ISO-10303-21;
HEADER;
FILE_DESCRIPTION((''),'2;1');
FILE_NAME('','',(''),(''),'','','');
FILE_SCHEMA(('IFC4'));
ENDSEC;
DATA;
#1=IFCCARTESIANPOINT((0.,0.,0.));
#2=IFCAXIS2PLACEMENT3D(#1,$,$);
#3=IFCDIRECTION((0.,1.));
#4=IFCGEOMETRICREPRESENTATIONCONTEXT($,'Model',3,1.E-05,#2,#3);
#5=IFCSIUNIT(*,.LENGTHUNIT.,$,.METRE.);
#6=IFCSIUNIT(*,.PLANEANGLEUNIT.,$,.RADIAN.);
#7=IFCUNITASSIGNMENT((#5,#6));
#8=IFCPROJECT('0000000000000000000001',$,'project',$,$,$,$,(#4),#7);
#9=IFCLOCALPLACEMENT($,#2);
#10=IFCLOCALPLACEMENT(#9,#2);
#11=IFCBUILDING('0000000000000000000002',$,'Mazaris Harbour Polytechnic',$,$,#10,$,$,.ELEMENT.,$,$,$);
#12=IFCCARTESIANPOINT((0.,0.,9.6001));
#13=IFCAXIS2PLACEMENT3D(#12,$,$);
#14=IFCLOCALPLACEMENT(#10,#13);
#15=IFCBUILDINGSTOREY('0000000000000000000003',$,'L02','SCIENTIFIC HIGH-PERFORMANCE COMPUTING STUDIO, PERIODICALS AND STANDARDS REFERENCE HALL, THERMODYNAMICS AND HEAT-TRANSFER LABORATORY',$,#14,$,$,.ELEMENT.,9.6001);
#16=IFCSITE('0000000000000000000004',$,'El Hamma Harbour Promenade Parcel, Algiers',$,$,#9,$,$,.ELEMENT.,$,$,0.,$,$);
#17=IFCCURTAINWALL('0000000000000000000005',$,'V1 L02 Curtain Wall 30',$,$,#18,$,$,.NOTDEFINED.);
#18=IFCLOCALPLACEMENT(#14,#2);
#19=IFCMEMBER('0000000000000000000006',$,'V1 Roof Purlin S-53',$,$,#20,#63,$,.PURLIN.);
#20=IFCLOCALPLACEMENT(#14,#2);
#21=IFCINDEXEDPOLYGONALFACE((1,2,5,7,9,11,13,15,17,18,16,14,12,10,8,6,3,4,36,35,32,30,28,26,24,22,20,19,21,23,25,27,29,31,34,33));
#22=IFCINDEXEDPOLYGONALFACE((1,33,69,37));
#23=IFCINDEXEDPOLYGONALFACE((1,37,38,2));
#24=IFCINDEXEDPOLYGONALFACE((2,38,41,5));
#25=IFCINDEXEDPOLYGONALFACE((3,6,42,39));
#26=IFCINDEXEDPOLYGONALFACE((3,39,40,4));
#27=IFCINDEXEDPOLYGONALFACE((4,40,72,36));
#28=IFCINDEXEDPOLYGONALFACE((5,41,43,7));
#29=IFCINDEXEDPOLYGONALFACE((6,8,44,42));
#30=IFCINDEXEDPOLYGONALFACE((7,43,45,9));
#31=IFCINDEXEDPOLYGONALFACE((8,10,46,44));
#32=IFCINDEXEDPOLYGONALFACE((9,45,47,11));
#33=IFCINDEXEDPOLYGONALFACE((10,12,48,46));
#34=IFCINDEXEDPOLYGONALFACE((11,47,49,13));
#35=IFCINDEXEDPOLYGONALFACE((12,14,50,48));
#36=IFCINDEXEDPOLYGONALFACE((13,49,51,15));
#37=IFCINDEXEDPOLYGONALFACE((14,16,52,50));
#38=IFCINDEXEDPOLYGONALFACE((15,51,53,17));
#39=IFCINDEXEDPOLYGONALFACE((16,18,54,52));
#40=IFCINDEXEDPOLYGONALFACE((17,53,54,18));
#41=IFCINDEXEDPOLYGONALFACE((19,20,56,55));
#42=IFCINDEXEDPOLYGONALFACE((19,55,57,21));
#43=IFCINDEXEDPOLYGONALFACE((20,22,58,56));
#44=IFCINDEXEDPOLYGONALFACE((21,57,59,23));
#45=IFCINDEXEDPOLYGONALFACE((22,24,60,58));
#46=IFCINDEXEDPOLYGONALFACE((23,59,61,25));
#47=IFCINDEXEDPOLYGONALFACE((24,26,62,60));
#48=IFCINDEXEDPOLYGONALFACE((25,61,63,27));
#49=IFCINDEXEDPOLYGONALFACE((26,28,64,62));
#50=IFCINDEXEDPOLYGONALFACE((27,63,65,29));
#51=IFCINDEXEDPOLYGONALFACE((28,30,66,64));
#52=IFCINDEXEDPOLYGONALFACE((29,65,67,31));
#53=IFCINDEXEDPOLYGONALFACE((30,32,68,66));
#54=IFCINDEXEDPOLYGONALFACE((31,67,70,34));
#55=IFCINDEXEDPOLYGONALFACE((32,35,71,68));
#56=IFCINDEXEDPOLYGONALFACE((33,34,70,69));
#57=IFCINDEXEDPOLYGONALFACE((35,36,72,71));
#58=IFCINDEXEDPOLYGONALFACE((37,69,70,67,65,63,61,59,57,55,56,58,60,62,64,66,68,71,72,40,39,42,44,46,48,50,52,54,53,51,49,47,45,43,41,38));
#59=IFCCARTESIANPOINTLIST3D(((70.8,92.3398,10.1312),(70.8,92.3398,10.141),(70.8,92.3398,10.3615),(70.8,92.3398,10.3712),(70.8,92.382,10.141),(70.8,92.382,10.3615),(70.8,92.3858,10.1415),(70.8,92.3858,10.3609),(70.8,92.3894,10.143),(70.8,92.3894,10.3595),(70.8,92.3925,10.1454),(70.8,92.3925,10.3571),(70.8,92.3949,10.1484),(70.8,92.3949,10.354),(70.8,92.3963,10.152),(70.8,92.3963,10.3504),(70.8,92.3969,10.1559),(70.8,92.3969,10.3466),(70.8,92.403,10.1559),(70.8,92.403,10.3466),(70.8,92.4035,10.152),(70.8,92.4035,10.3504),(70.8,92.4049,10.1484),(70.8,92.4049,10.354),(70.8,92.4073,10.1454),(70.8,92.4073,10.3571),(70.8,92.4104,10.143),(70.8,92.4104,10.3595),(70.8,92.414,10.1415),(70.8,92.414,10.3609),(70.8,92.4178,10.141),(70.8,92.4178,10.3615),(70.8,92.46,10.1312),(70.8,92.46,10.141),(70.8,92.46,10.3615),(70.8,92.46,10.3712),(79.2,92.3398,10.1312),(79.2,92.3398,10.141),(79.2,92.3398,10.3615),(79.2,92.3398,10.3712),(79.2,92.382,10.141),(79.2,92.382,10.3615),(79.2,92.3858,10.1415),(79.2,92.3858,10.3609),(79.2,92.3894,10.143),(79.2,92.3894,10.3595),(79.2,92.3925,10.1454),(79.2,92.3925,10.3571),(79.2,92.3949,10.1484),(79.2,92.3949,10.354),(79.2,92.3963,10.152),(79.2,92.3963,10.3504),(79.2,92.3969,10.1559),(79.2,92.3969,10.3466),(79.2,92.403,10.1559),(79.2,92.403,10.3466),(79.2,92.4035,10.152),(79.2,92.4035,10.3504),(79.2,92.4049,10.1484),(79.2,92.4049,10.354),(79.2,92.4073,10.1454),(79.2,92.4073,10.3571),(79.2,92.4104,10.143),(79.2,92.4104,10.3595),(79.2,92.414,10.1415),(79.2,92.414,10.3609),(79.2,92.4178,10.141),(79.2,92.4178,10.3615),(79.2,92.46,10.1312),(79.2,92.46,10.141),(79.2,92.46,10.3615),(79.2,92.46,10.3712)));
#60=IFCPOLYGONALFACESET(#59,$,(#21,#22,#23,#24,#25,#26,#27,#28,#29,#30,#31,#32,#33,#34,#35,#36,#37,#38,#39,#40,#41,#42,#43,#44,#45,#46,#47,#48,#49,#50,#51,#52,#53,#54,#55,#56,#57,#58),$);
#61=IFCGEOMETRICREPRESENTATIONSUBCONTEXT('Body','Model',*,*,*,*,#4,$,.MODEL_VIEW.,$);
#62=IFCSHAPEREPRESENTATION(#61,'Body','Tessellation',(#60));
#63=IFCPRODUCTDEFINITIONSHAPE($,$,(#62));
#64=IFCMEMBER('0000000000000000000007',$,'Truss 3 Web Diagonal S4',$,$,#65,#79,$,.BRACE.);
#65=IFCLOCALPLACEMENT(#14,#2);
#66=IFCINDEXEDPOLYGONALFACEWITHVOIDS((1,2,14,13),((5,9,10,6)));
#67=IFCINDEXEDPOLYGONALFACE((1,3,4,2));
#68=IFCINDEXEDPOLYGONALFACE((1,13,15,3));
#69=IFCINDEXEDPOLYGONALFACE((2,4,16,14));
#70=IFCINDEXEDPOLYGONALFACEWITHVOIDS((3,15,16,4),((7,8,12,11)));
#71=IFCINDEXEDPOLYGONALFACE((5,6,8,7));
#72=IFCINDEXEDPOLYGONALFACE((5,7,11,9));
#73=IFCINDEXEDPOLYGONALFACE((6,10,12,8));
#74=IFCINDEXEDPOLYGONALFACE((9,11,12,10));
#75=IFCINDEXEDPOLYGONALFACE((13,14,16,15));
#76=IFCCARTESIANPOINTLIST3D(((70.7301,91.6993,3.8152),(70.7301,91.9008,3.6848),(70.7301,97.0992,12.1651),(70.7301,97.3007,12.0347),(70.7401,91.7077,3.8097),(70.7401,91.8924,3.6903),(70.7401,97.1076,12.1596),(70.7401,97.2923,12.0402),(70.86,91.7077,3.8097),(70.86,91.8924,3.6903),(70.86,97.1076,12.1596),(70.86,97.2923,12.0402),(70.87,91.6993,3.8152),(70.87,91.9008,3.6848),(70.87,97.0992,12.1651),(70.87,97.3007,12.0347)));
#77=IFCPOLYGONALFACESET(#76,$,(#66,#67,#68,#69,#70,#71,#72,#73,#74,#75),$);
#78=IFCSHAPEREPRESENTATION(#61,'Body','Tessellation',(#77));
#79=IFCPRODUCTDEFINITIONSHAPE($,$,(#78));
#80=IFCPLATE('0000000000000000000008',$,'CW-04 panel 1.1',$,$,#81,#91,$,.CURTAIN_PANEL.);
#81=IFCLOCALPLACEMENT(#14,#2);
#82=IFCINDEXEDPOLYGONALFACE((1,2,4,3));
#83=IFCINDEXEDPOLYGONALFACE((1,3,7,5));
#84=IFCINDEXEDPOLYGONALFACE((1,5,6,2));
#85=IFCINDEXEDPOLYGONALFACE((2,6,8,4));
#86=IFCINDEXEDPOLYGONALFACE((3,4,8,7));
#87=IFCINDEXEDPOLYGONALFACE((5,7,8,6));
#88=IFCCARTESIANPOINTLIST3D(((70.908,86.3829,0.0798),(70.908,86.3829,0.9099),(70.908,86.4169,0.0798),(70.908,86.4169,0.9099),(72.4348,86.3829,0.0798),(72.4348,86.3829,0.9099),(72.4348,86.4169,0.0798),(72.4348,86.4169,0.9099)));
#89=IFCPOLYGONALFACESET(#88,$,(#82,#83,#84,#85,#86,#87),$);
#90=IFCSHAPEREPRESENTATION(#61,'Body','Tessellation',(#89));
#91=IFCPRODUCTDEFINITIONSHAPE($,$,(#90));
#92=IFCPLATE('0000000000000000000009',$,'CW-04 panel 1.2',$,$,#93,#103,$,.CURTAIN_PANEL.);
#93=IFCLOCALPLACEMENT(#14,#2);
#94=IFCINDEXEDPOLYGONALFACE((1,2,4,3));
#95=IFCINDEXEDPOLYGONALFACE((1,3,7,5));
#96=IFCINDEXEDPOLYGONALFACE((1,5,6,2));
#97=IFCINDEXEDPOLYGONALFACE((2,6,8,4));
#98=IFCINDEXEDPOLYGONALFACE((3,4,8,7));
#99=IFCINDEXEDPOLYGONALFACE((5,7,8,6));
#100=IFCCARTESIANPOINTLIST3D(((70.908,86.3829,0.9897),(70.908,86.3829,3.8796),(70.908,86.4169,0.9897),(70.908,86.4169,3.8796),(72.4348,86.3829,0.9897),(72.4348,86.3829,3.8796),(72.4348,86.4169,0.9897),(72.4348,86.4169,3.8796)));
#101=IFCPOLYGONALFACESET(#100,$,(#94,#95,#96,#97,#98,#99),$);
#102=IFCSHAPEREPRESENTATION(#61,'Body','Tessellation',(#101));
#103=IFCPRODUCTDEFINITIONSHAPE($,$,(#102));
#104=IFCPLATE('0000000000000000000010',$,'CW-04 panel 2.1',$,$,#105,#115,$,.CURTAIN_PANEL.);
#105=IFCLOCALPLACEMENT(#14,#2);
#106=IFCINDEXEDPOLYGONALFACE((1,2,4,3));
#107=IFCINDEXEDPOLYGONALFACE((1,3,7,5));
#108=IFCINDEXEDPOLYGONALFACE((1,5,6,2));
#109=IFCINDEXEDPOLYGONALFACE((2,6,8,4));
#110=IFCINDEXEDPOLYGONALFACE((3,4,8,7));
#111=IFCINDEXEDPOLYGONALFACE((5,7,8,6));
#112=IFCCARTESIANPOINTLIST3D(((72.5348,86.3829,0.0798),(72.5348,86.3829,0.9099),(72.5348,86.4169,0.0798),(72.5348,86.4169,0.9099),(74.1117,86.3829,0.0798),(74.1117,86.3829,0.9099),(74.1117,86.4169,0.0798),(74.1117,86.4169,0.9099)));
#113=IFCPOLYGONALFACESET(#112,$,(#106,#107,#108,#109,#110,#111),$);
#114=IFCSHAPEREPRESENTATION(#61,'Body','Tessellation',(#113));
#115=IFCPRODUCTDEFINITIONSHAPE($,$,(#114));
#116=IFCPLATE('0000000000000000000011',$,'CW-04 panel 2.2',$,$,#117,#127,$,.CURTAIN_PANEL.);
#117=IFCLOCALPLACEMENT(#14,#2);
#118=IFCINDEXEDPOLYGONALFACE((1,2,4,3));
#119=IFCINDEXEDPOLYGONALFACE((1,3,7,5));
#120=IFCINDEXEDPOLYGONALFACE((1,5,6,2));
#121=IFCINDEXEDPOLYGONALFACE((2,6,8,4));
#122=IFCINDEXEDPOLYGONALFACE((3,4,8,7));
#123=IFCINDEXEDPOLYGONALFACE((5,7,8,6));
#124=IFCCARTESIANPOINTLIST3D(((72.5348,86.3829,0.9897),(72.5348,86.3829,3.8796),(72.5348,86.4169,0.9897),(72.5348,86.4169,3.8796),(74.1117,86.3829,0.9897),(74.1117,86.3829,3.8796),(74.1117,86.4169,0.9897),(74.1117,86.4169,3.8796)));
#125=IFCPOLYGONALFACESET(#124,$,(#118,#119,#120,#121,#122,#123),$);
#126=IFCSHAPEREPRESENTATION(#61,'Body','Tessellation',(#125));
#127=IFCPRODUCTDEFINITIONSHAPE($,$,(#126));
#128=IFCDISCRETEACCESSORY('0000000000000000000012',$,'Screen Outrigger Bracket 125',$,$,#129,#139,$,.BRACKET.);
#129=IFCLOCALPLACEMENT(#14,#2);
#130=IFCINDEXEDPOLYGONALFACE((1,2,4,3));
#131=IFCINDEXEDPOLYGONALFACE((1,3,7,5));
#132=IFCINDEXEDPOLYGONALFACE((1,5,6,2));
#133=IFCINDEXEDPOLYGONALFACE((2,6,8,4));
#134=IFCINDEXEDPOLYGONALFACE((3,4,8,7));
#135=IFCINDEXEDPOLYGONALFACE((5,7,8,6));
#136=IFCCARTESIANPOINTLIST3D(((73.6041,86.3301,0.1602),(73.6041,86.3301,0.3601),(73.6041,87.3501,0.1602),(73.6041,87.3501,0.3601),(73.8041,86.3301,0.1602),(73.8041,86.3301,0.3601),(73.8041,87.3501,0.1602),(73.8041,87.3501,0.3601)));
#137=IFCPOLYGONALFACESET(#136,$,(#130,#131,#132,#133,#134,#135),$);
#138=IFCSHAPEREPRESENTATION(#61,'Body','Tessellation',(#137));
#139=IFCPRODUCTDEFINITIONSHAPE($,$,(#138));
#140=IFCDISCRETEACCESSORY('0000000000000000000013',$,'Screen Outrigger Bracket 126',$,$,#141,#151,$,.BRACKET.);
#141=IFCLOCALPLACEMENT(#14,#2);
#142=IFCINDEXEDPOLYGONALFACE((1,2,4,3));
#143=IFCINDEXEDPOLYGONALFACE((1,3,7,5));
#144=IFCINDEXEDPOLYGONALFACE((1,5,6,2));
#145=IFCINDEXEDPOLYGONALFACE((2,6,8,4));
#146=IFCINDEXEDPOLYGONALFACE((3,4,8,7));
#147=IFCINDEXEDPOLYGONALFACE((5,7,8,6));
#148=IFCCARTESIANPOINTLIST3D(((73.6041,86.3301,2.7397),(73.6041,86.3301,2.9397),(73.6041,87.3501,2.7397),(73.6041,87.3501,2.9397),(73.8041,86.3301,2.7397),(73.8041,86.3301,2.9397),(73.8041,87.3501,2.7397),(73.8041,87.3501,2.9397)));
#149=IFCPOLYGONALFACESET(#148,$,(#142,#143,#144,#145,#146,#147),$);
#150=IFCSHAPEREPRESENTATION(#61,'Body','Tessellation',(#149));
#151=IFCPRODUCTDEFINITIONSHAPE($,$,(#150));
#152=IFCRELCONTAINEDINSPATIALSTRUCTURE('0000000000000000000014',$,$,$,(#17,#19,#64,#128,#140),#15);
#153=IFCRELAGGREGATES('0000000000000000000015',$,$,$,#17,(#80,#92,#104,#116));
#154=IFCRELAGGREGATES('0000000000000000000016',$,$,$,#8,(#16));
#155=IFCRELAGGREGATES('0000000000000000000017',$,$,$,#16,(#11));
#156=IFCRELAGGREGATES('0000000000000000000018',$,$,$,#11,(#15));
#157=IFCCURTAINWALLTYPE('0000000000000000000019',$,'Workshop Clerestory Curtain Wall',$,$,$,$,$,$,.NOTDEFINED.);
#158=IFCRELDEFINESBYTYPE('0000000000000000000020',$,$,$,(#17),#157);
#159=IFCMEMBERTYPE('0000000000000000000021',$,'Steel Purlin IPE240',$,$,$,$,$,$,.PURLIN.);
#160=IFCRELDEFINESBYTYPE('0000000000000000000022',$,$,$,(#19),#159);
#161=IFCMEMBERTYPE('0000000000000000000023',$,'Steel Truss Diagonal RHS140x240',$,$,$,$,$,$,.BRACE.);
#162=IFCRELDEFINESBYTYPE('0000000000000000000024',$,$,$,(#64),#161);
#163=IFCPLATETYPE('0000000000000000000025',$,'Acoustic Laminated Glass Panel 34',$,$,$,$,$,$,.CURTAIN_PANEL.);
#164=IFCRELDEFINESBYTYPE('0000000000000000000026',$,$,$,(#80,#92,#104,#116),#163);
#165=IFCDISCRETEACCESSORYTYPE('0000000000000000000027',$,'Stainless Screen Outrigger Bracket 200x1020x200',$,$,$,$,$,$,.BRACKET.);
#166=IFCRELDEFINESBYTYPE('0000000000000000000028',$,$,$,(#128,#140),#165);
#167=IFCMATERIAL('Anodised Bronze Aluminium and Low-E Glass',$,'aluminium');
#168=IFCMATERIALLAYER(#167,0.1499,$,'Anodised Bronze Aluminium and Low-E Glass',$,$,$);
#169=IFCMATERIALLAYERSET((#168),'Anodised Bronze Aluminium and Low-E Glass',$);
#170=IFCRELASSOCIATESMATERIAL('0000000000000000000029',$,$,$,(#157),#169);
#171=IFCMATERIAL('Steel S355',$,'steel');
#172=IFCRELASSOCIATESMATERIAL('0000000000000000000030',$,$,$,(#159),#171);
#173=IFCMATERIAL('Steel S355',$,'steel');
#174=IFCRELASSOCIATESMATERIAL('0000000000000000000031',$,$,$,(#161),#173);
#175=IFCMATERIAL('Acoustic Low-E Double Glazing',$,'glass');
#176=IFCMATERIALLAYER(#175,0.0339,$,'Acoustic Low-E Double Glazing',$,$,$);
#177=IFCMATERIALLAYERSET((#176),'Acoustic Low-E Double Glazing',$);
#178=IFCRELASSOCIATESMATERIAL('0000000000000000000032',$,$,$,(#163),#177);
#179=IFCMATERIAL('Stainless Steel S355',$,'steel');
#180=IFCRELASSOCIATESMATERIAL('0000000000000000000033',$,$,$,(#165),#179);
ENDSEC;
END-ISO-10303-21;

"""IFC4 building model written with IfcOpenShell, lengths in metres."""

from ifc_helpers import new_model, si_unit, direction, frame, origin, origin_2d, place, context, subcontext, project, spatial, rectangle, hollow_rectangle, i_section, extrude, material, layer, layer_set, material_profile, profile_set, type_object, element, aggregate, save


model = new_model("IFC4")

# Units and contexts
model_context = context("Model", 3, precision=1e-05, world=origin(), true_north=direction((0.0, 1.0)))
body_context = subcontext(model_context, "Body", "Model", "MODEL_VIEW")
ifc_project = project(units=[si_unit("LENGTHUNIT", "METRE"), si_unit("PLANEANGLEUNIT", "RADIAN")], contexts=[model_context])

# Site, building, storey
site_placement = place(None, origin())
site = spatial("IfcSite", under=ifc_project, at=site_placement, Name="El Hamma Harbour Promenade Parcel, Algiers", CompositionType="ELEMENT", RefElevation=0.0)
building_placement = place(site_placement, origin())
building = spatial("IfcBuilding", under=site, at=building_placement, Name="Mazaris Harbour Polytechnic", CompositionType="ELEMENT")
storey_placement = place(building_placement, frame((0.0, 0.0, 9.6001)))
storey = spatial("IfcBuildingStorey", under=building, at=storey_placement, Name="L02", Description="SCIENTIFIC HIGH-PERFORMANCE COMPUTING STUDIO, PERIODICALS AND STANDARDS REFERENCE HALL, THERMODYNAMICS AND HEAT-TRANSFER LABORATORY", CompositionType="ELEMENT", Elevation=9.6001)

# Curtain wall
ifc_material_1 = material(Name="Anodised Bronze Aluminium and Low-E Glass", Category="aluminium")
ifc_layer_1 = layer(ifc_material_1, 0.1499, Name="Anodised Bronze Aluminium and Low-E Glass")
ifc_layer_set_1 = layer_set([ifc_layer_1], Name="Anodised Bronze Aluminium and Low-E Glass")
curtain_wall_type = type_object("IfcCurtainWallType", Name="Workshop Clerestory Curtain Wall", PredefinedType="NOTDEFINED", material=ifc_layer_set_1)
curtain_wall_placement = place(storey_placement, origin())
curtain_wall = element("IfcCurtainWall", 1, at=curtain_wall_placement, inside=storey, type_object=curtain_wall_type, Name="V1 L02 Curtain Wall 30", PredefinedType="NOTDEFINED")

# Members
ifc_material_2 = material(Name="Steel S355", Category="steel")
ifc_material_profile_1 = material_profile(ifc_material_2, i_section(OverallWidth=0.1201, OverallDepth=0.24, WebThickness=0.0061, FlangeThickness=0.0098, FilletRadius=0.0149, at=origin_2d()), Name="IPE 240")
ifc_profile_set_1 = profile_set([ifc_material_profile_1], Name="Steel S355")
member_type_1 = type_object("IfcMemberType", Name="Steel Purlin IPE240", PredefinedType="PURLIN", material=ifc_profile_set_1)
member_1_placement = place(storey_placement, frame((70.8, 92.3999, 10.2512), z_axis=(1.0, 0.0, 0.0), x_axis=(0.0, 1.0, 0.0)))
element("IfcMember", 2, at=member_1_placement, inside=storey, type_object=member_type_1, Name="V1 Roof Purlin S-53", PredefinedType="PURLIN", context=body_context, shape_type="SweptSolid", body=[
    extrude(i_section(OverallWidth=0.1201, OverallDepth=0.24, WebThickness=0.0061, FlangeThickness=0.0098, FilletRadius=0.0149, at=origin_2d()), origin(), (0.0, 0.0, 1.0), 8.3999),
])
ifc_material_3 = material(Name="Steel S355", Category="steel")
ifc_material_profile_2 = material_profile(ifc_material_3, hollow_rectangle(XDim=0.1399, YDim=0.24, WallThickness=0.01, at=origin_2d()), Name="RHS 140x240x10.0")
ifc_profile_set_2 = profile_set([ifc_material_profile_2], Name="Steel S355")
member_type_2 = type_object("IfcMemberType", Name="Steel Truss Diagonal RHS140x240", PredefinedType="BRACE", material=ifc_profile_set_2)
member_2_placement = place(storey_placement, frame((70.8, 91.8, 3.75), z_axis=(0.0, 0.543043, 0.839705), x_axis=(-1.0, 0.0, 0.0)))
element("IfcMember", 3, at=member_2_placement, inside=storey, type_object=member_type_2, Name="Truss 3 Web Diagonal S4", PredefinedType="BRACE", context=body_context, shape_type="SweptSolid", body=[
    extrude(hollow_rectangle(XDim=0.1399, YDim=0.24, WallThickness=0.01, at=origin_2d()), origin(), (0.0, 0.0, 1.0), 9.9438),
])

# Plates
ifc_material_4 = material(Name="Acoustic Low-E Double Glazing", Category="glass")
ifc_layer_2 = layer(ifc_material_4, 0.0339, Name="Acoustic Low-E Double Glazing")
ifc_layer_set_2 = layer_set([ifc_layer_2], Name="Acoustic Low-E Double Glazing")
plate_type = type_object("IfcPlateType", Name="Acoustic Laminated Glass Panel 34", PredefinedType="CURTAIN_PANEL", material=ifc_layer_set_2)
plate_1_placement = place(storey_placement, frame((71.6714, 86.3999, 0.0798), z_axis=(0.0, 0.0, 1.0), x_axis=(1.0, 0.0, 0.0)))
plate_1 = element("IfcPlate", 4, at=plate_1_placement, type_object=plate_type, Name="CW-04 panel 1.1", PredefinedType="CURTAIN_PANEL", context=body_context, shape_type="SweptSolid", body=[
    extrude(rectangle(XDim=1.5269, YDim=0.0339, at=origin_2d()), origin(), (0.0, 0.0, 1.0), 0.8301),
])
plate_2_placement = place(storey_placement, frame((71.6714, 86.3999, 0.9897), z_axis=(0.0, 0.0, 1.0), x_axis=(1.0, 0.0, 0.0)))
plate_2 = element("IfcPlate", 5, at=plate_2_placement, type_object=plate_type, Name="CW-04 panel 1.2", PredefinedType="CURTAIN_PANEL", context=body_context, shape_type="SweptSolid", body=[
    extrude(rectangle(XDim=1.5269, YDim=0.0339, at=origin_2d()), origin(), (0.0, 0.0, 1.0), 2.8899),
])
plate_3_placement = place(storey_placement, frame((73.3232, 86.3999, 0.0798), z_axis=(0.0, 0.0, 1.0), x_axis=(1.0, 0.0, 0.0)))
plate_3 = element("IfcPlate", 6, at=plate_3_placement, type_object=plate_type, Name="CW-04 panel 2.1", PredefinedType="CURTAIN_PANEL", context=body_context, shape_type="SweptSolid", body=[
    extrude(rectangle(XDim=1.5769, YDim=0.0339, at=origin_2d()), origin(), (0.0, 0.0, 1.0), 0.8301),
])
plate_4_placement = place(storey_placement, frame((73.3232, 86.3999, 0.9897), z_axis=(0.0, 0.0, 1.0), x_axis=(1.0, 0.0, 0.0)))
plate_4 = element("IfcPlate", 7, at=plate_4_placement, type_object=plate_type, Name="CW-04 panel 2.2", PredefinedType="CURTAIN_PANEL", context=body_context, shape_type="SweptSolid", body=[
    extrude(rectangle(XDim=1.5769, YDim=0.0339, at=origin_2d()), origin(), (0.0, 0.0, 1.0), 2.8899),
])
aggregate(curtain_wall, [plate_1, plate_2, plate_3, plate_4])

# Discrete accessories
ifc_material_5 = material(Name="Stainless Steel S355", Category="steel")
discrete_accessory_type = type_object("IfcDiscreteAccessoryType", Name="Stainless Screen Outrigger Bracket 200x1020x200", PredefinedType="BRACKET", material=ifc_material_5)
for number, where, z_axis, x_axis, name in (
    (8, (73.7041, 86.8401, 0.1602), (0.0, 0.0, 1.0), (1.0, 0.0, 0.0), "Screen Outrigger Bracket 125"),
    (9, (73.7041, 86.8401, 2.7397), (0.0, 0.0, 1.0), (1.0, 0.0, 0.0), "Screen Outrigger Bracket 126"),
):
    element("IfcDiscreteAccessory", number, at=place(storey_placement, frame(where, z_axis=z_axis, x_axis=x_axis)), inside=storey, type_object=discrete_accessory_type, Name=name, PredefinedType="BRACKET", context=body_context, shape_type="SweptSolid", body=[
        extrude(rectangle(XDim=0.2, YDim=1.02, at=origin_2d()), origin(), (0.0, 0.0, 1.0), 0.2),
    ])

save(model, "model.ifc")
